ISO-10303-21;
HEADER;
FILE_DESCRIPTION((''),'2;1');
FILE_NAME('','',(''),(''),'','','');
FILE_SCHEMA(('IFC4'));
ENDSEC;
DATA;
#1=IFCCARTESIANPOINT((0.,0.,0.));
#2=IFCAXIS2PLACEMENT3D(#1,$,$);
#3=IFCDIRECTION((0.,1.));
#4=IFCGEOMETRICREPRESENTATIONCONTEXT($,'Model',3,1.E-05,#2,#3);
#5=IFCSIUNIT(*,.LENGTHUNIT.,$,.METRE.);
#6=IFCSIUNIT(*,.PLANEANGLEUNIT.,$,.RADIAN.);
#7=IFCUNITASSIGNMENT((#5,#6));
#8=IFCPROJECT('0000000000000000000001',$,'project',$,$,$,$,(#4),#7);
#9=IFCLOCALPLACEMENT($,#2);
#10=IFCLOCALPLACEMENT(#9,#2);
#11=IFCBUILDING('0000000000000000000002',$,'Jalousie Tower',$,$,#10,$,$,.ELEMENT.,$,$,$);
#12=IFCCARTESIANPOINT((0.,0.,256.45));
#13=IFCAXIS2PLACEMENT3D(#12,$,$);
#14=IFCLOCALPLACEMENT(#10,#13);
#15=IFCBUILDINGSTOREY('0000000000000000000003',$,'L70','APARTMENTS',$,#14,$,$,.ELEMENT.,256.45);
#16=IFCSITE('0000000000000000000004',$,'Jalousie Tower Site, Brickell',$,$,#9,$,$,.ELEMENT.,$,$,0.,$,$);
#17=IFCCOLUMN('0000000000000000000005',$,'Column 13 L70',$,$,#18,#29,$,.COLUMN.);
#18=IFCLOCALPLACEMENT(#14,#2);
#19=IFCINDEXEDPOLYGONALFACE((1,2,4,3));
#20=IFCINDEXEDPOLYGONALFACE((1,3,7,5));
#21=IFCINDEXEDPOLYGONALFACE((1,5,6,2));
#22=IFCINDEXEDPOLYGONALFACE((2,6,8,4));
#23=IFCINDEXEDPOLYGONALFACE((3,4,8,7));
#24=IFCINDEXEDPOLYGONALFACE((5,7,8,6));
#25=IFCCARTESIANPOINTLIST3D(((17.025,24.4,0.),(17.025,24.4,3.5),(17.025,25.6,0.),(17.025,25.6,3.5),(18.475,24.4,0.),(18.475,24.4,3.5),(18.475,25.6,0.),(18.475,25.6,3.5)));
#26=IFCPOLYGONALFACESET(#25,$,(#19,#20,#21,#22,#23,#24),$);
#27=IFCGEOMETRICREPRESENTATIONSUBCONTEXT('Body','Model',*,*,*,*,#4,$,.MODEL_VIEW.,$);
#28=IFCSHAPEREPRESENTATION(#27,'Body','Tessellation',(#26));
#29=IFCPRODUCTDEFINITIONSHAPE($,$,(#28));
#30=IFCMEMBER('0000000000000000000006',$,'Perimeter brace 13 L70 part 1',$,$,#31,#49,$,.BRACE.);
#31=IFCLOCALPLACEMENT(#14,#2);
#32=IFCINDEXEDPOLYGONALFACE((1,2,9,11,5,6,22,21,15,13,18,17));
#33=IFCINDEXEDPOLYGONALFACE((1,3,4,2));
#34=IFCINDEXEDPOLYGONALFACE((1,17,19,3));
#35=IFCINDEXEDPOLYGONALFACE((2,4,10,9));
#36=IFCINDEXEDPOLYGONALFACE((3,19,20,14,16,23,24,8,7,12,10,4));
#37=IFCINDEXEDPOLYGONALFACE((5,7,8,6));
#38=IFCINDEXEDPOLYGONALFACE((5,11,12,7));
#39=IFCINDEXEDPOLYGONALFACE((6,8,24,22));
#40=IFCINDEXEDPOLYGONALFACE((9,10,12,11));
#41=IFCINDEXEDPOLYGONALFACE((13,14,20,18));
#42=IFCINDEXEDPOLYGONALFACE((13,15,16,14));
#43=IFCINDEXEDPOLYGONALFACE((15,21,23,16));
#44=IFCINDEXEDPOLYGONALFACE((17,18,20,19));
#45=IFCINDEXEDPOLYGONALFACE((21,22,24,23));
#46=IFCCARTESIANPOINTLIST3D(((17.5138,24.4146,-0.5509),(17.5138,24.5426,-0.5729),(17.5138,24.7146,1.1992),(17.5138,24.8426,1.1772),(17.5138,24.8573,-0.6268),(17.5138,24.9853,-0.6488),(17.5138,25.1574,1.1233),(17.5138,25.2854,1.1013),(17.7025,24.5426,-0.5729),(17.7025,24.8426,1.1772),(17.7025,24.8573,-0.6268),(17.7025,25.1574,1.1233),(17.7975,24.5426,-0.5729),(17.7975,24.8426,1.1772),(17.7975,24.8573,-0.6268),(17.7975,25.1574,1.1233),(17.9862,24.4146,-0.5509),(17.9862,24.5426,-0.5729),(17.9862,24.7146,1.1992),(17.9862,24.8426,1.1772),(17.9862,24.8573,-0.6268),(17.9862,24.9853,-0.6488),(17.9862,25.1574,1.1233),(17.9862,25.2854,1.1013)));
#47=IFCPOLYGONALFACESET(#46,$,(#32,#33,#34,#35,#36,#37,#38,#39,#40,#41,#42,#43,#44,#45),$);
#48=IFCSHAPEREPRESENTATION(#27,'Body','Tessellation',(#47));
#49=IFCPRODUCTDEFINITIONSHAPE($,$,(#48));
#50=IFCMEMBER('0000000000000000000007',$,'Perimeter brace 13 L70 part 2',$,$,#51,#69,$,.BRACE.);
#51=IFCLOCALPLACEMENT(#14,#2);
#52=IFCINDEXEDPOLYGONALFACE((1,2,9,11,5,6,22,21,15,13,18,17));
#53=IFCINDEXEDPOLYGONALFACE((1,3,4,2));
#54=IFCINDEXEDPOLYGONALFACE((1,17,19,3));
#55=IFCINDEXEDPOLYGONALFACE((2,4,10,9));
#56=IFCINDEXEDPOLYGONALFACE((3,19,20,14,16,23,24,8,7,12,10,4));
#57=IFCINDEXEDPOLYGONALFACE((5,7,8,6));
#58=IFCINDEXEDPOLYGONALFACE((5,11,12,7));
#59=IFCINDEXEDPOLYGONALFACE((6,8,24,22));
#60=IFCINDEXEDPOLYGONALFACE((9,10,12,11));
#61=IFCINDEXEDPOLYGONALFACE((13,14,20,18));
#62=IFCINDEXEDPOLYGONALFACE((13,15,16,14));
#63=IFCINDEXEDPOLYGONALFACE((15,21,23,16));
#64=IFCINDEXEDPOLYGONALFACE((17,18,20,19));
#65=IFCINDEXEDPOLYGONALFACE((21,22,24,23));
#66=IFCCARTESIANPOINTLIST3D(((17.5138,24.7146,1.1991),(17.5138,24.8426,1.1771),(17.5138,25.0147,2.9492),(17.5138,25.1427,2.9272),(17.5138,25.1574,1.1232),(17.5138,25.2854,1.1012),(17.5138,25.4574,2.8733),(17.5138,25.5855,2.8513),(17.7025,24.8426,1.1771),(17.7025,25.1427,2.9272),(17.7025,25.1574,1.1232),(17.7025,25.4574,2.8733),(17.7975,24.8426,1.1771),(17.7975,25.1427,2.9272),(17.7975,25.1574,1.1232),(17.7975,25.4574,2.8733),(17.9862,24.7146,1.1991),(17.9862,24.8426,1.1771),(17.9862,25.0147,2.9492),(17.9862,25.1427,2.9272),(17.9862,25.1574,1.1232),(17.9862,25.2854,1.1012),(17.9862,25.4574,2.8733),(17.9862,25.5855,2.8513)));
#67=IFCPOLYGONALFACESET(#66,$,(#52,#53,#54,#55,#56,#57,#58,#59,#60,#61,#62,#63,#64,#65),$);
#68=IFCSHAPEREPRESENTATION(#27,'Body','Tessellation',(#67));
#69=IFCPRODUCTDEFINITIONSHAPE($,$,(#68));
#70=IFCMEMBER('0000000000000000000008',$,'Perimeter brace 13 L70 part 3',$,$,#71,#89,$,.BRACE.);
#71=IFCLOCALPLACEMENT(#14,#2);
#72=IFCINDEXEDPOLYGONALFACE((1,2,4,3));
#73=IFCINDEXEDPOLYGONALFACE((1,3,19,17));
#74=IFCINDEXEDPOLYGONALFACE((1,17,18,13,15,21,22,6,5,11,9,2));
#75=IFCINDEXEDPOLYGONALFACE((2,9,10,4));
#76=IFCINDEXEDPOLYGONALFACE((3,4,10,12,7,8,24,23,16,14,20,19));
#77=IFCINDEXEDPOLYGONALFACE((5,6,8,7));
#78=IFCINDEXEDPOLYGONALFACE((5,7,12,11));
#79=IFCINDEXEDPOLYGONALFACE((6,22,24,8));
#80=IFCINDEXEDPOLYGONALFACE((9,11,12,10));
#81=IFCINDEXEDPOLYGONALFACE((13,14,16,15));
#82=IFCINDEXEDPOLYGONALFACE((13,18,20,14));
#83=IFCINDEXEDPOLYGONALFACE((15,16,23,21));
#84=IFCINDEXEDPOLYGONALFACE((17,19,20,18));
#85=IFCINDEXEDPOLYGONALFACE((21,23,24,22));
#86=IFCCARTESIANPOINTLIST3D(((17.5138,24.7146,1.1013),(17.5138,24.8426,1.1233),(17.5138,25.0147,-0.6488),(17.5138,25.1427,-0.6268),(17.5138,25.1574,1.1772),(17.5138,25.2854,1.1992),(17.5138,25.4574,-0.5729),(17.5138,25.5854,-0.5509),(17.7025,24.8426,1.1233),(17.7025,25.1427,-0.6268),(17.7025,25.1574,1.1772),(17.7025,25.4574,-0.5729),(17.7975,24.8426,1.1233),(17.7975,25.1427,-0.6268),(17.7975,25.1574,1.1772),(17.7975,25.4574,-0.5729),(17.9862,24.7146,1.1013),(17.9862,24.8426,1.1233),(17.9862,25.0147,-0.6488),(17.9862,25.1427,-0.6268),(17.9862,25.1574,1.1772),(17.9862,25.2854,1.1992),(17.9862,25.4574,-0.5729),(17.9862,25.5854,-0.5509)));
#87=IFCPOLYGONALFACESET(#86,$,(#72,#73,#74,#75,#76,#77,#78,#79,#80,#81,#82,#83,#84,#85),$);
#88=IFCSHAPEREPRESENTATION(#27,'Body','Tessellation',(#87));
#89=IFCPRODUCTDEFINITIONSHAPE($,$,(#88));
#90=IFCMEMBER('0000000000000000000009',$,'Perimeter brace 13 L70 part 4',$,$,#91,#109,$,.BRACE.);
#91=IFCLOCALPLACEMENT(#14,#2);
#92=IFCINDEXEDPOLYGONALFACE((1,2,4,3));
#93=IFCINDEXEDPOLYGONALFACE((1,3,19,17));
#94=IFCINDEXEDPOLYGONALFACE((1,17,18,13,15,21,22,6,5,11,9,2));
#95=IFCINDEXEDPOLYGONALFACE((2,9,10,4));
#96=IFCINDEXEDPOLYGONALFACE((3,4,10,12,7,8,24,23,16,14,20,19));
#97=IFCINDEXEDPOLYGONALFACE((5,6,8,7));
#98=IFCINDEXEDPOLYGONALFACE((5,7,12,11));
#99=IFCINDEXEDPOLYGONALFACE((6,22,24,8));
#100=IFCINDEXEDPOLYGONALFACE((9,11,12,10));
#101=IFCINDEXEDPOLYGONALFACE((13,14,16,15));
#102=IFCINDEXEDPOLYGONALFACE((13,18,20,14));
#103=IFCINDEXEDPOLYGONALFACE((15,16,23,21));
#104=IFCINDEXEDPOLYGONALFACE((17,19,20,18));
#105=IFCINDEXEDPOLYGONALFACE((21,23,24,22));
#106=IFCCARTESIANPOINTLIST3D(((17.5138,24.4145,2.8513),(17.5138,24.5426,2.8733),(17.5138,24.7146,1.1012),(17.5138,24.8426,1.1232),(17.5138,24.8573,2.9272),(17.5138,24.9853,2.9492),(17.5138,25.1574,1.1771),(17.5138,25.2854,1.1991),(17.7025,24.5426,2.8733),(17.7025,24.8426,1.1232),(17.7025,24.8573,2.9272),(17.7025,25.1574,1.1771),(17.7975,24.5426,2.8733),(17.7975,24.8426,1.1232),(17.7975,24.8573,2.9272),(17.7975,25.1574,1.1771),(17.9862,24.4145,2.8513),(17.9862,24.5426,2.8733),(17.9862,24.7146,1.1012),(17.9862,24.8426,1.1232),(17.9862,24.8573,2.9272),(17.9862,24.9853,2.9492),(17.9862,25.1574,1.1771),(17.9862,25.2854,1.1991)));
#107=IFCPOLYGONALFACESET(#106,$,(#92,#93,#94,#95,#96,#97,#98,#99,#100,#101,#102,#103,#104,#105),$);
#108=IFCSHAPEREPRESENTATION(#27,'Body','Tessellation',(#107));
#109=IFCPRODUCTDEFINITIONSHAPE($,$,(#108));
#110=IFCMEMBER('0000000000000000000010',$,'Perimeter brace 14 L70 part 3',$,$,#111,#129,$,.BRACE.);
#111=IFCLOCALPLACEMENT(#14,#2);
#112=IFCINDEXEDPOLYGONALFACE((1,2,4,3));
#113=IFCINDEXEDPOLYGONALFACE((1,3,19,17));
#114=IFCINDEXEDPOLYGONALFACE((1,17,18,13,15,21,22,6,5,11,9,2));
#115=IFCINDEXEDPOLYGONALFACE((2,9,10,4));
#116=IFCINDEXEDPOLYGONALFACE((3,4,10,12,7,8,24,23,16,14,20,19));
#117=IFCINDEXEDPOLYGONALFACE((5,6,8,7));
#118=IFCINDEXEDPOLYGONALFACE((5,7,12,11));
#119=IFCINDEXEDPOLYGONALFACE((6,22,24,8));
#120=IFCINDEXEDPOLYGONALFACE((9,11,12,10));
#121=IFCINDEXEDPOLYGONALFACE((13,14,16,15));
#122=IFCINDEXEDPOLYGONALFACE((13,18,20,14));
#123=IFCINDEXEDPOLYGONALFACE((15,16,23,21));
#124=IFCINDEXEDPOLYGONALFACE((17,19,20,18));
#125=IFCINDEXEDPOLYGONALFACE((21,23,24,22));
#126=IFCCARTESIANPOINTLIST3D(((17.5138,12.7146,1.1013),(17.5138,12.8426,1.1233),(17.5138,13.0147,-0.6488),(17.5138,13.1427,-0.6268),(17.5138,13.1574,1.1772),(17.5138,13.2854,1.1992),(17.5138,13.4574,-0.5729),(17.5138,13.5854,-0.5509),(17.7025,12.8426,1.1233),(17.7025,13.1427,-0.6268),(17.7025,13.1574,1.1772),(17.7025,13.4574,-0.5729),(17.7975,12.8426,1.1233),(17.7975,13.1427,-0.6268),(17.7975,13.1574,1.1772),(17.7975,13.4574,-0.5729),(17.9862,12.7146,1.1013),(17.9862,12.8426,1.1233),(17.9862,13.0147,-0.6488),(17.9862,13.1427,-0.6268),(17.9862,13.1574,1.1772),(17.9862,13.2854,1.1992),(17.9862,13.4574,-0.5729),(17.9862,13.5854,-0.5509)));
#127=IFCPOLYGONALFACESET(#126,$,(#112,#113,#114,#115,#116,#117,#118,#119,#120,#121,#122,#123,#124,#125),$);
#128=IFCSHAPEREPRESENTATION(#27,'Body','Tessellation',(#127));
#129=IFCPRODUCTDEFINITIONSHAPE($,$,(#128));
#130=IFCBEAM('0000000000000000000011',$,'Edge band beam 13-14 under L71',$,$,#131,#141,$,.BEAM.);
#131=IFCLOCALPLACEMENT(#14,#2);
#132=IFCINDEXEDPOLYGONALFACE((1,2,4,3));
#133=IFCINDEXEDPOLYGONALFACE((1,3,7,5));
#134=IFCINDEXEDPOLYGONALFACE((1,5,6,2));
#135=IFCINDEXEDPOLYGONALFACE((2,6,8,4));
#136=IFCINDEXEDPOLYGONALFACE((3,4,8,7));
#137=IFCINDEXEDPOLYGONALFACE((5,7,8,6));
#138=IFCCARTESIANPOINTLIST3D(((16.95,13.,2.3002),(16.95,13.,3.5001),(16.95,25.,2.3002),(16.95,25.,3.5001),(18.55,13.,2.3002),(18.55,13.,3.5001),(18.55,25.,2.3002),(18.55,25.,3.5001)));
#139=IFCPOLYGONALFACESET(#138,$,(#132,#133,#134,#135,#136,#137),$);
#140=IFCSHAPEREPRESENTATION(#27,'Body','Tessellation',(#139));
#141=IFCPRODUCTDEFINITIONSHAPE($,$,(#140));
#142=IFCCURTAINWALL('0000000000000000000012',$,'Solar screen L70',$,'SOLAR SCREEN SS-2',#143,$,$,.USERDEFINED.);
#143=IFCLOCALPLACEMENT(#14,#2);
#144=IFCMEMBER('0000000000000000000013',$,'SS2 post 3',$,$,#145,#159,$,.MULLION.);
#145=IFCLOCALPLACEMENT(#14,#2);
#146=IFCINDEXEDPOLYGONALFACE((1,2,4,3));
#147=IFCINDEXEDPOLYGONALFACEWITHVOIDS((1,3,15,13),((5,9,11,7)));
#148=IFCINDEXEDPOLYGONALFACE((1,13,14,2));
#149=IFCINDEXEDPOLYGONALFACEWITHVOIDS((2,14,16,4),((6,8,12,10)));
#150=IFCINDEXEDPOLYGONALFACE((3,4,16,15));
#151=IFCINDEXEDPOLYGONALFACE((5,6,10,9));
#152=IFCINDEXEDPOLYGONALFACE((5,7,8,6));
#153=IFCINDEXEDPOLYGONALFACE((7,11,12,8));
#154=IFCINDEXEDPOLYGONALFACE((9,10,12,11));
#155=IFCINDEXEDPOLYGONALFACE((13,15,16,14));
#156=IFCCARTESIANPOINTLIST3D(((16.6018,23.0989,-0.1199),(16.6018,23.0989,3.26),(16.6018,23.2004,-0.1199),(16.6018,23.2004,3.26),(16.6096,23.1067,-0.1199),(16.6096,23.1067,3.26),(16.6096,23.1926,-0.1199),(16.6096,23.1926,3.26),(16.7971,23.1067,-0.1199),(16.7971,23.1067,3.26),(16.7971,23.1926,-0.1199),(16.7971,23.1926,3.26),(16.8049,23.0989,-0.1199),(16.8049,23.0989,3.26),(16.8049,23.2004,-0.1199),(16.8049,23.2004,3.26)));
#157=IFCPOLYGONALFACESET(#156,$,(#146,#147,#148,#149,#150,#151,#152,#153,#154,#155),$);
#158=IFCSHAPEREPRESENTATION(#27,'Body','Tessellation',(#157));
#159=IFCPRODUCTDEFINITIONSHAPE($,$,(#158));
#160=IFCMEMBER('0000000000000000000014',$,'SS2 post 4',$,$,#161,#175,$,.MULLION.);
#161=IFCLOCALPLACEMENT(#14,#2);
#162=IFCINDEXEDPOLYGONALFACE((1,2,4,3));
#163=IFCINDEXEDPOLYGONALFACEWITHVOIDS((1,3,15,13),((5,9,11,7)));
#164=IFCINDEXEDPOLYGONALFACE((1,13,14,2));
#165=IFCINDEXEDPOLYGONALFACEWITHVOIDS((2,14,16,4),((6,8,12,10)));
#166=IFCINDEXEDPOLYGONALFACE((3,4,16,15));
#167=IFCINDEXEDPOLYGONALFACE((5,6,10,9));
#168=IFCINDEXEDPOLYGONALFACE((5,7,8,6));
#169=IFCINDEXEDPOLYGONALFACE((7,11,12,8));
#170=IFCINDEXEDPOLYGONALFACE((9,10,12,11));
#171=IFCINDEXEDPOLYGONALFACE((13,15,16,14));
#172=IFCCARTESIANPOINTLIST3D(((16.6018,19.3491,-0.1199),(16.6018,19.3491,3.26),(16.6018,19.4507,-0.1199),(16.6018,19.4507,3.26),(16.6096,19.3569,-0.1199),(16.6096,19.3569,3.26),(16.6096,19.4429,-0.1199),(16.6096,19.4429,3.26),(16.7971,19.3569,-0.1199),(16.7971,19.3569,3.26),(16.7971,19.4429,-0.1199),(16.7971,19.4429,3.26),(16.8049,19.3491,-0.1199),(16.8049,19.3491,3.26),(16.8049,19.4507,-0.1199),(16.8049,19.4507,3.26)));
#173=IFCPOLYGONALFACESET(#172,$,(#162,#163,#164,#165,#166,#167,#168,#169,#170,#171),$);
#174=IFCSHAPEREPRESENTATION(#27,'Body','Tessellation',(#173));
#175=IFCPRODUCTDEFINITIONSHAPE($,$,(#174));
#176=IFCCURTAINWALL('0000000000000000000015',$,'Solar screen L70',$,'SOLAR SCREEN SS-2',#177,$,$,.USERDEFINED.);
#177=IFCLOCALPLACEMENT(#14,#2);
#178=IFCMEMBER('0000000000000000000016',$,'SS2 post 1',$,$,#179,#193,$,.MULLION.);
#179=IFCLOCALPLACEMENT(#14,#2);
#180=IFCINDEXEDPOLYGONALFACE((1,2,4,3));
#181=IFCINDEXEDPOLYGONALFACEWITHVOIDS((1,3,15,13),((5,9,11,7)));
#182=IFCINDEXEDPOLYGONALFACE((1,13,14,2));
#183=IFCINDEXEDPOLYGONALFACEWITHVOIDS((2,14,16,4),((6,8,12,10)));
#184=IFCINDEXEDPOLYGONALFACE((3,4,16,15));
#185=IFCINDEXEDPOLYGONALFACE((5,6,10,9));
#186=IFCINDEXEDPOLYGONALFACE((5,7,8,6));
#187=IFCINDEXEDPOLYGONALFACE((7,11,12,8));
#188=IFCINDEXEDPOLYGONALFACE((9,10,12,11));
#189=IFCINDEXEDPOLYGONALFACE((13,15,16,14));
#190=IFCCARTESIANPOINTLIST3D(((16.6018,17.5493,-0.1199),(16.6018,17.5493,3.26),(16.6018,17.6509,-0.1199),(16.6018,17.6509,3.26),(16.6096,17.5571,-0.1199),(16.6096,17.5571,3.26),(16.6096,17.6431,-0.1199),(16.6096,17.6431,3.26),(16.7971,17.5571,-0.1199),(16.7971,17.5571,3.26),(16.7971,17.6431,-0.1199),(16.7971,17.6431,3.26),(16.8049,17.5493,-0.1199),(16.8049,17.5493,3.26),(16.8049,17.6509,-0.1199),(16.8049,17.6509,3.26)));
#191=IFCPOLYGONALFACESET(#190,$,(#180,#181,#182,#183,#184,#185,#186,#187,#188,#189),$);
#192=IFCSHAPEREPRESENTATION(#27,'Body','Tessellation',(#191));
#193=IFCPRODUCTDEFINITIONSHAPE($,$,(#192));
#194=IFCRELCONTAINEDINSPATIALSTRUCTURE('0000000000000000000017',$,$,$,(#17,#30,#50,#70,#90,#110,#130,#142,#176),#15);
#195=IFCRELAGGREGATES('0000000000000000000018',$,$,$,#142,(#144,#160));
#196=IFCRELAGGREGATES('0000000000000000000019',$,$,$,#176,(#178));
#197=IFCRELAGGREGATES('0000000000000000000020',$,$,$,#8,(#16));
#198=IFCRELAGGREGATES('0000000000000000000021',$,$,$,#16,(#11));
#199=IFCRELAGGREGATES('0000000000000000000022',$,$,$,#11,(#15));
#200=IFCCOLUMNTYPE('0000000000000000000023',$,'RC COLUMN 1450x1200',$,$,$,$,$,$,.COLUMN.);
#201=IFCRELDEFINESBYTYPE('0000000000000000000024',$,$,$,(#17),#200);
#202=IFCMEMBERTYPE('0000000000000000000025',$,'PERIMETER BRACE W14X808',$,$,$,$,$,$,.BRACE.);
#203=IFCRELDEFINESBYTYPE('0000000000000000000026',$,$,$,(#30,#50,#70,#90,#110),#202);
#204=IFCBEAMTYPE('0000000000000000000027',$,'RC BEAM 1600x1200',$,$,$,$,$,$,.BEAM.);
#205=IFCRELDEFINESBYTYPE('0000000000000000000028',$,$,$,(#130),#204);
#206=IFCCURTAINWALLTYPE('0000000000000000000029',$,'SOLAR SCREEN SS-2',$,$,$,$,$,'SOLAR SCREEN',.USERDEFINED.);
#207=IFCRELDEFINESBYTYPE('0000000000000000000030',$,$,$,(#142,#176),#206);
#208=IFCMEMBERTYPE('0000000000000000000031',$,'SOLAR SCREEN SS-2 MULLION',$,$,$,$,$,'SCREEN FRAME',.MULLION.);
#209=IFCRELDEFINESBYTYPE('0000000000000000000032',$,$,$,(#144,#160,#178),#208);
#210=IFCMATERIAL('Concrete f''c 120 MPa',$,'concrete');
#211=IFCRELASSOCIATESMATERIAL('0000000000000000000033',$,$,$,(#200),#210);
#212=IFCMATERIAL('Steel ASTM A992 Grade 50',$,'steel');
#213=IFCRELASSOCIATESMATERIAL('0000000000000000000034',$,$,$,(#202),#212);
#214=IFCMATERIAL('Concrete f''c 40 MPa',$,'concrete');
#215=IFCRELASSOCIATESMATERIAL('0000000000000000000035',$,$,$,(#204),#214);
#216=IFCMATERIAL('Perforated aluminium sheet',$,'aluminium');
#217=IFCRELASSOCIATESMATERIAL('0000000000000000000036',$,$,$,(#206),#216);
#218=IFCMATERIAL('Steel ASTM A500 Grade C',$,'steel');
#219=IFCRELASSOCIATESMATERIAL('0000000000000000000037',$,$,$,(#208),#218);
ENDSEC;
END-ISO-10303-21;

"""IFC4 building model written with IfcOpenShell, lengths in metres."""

from ifc_helpers import new_model, si_unit, direction, frame, origin, origin_2d, place, context, subcontext, project, spatial, rectangle, hollow_rectangle, i_section, extrude, material, material_profile, profile_set, type_object, element, aggregate, save


model = new_model("IFC4")

# Units and contexts
model_context = context("Model", 3, precision=1e-05, world=origin(), true_north=direction((0.0, 1.0)))
body_context = subcontext(model_context, "Body", "Model", "MODEL_VIEW")
ifc_project = project(units=[si_unit("LENGTHUNIT", "METRE"), si_unit("PLANEANGLEUNIT", "RADIAN")], contexts=[model_context])

# Site, building, storey
site_placement = place(None, origin())
site = spatial("IfcSite", under=ifc_project, at=site_placement, Name="Jalousie Tower Site, Brickell", CompositionType="ELEMENT", RefElevation=0.0)
building_placement = place(site_placement, origin())
building = spatial("IfcBuilding", under=site, at=building_placement, Name="Jalousie Tower", CompositionType="ELEMENT")
storey_placement = place(building_placement, frame((0.0, 0.0, 256.45)))
storey = spatial("IfcBuildingStorey", under=building, at=storey_placement, Name="L70", Description="APARTMENTS", CompositionType="ELEMENT", Elevation=256.45)

# Column
ifc_material_1 = material(Name="Concrete f'c 120 MPa", Category="concrete")
ifc_material_profile_1 = material_profile(ifc_material_1, rectangle(XDim=1.45, YDim=1.2, at=origin_2d()), Name="RC 1450x1200")
ifc_profile_set_1 = profile_set([ifc_material_profile_1], Name="Concrete f'c 120 MPa")
column_type = type_object("IfcColumnType", Name="RC COLUMN 1450x1200", PredefinedType="COLUMN", material=ifc_profile_set_1)
column_placement = place(storey_placement, frame((17.75, 25.0, 0.0), z_axis=(0.0, 0.0, 1.0), x_axis=(1.0, 0.0, 0.0)))
element("IfcColumn", 1, at=column_placement, inside=storey, type_object=column_type, Name="Column 13 L70", PredefinedType="COLUMN", context=body_context, shape_type="SweptSolid", body=[
    extrude(rectangle(XDim=1.45, YDim=1.2, at=origin_2d()), origin(), (0.0, 0.0, 1.0), 3.5),
])

# Members
ifc_material_2 = material(Name="Steel ASTM A992 Grade 50", Category="steel")
ifc_material_profile_2 = material_profile(ifc_material_2, i_section(OverallWidth=0.4724, OverallDepth=0.5791, WebThickness=0.095, FlangeThickness=0.1299, at=origin_2d()), Name="W14X808")
ifc_profile_set_2 = profile_set([ifc_material_profile_2], Name="Steel ASTM A992 Grade 50")
member_type_1 = type_object("IfcMemberType", Name="PERIMETER BRACE W14X808", PredefinedType="BRACE", material=ifc_profile_set_2)
for number, where, z_axis, x_axis, name in (
    (2, (17.75, 24.7, -0.5999), (0.0, 0.168991, 0.985618), (-1.0, 0.0, 0.0), "Perimeter brace 13 L70 part 1"),
    (3, (17.75, 25.0, 1.1501), (0.0, 0.168991, 0.985618), (-1.0, 0.0, 0.0), "Perimeter brace 13 L70 part 2"),
    (4, (17.75, 25.3, -0.5999), (0.0, -0.168991, 0.985618), (1.0, 0.0, 0.0), "Perimeter brace 13 L70 part 3"),
    (5, (17.75, 25.0, 1.1501), (0.0, -0.168991, 0.985618), (1.0, 0.0, 0.0), "Perimeter brace 13 L70 part 4"),
    (6, (17.75, 13.3, -0.5999), (0.0, -0.168991, 0.985618), (1.0, 0.0, 0.0), "Perimeter brace 14 L70 part 3"),
):
    element("IfcMember", number, at=place(storey_placement, frame(where, z_axis=z_axis, x_axis=x_axis)), inside=storey, type_object=member_type_1, Name=name, PredefinedType="BRACE", context=body_context, shape_type="SweptSolid", body=[
        extrude(i_section(OverallWidth=0.4724, OverallDepth=0.5791, WebThickness=0.095, FlangeThickness=0.1299, at=origin_2d()), origin(), (0.0, 0.0, 1.0), 1.7756),
    ])

# Beam
ifc_material_3 = material(Name="Concrete f'c 40 MPa", Category="concrete")
ifc_material_profile_3 = material_profile(ifc_material_3, rectangle(XDim=1.6001, YDim=1.2, at=origin_2d()), Name="RC 1600x1200")
ifc_profile_set_3 = profile_set([ifc_material_profile_3], Name="Concrete f'c 40 MPa")
beam_type = type_object("IfcBeamType", Name="RC BEAM 1600x1200", PredefinedType="BEAM", material=ifc_profile_set_3)
beam_placement = place(storey_placement, frame((17.75, 25.0, 2.9001), z_axis=(0.0, -1.0, 0.0), x_axis=(1.0, 0.0, 0.0)))
element("IfcBeam", 7, at=beam_placement, inside=storey, type_object=beam_type, Name="Edge band beam 13-14 under L71", PredefinedType="BEAM", context=body_context, shape_type="SweptSolid", body=[
    extrude(rectangle(XDim=1.6001, YDim=1.2, at=origin_2d()), origin(), (0.0, 0.0, 1.0), 12.0),
])

# Curtain walls, members
ifc_material_4 = material(Name="Perforated aluminium sheet", Category="aluminium")
curtain_wall_type = type_object("IfcCurtainWallType", Name="SOLAR SCREEN SS-2", ElementType="SOLAR SCREEN", PredefinedType="USERDEFINED", material=ifc_material_4)
curtain_wall_1_placement = place(storey_placement, origin())
curtain_wall_1 = element("IfcCurtainWall", 8, at=curtain_wall_1_placement, inside=storey, type_object=curtain_wall_type, Name="Solar screen L70", ObjectType="SOLAR SCREEN SS-2", PredefinedType="USERDEFINED")
ifc_material_5 = material(Name="Steel ASTM A500 Grade C", Category="steel")
ifc_material_profile_4 = material_profile(ifc_material_5, hollow_rectangle(XDim=0.1016, YDim=0.2031, WallThickness=0.0078, at=origin_2d()), Name="HSS8X4X5/16")
ifc_profile_set_4 = profile_set([ifc_material_profile_4], Name="Steel ASTM A500 Grade C")
member_type_2 = type_object("IfcMemberType", Name="SOLAR SCREEN SS-2 MULLION", ElementType="SCREEN FRAME", PredefinedType="MULLION", material=ifc_profile_set_4)
member_1_placement = place(storey_placement, frame((16.7034, 23.1497, -0.1199), z_axis=(0.0, 0.0, 1.0), x_axis=(0.0, -1.0, 0.0)))
member_1 = element("IfcMember", 9, at=member_1_placement, type_object=member_type_2, Name="SS2 post 3", PredefinedType="MULLION", context=body_context, shape_type="SweptSolid", body=[
    extrude(hollow_rectangle(XDim=0.1016, YDim=0.2031, WallThickness=0.0078, at=origin_2d()), origin(), (0.0, 0.0, 1.0), 3.3799),
])
member_2_placement = place(storey_placement, frame((16.7034, 19.3999, -0.1199), z_axis=(0.0, 0.0, 1.0), x_axis=(0.0, -1.0, 0.0)))
member_2 = element("IfcMember", 10, at=member_2_placement, type_object=member_type_2, Name="SS2 post 4", PredefinedType="MULLION", context=body_context, shape_type="SweptSolid", body=[
    extrude(hollow_rectangle(XDim=0.1016, YDim=0.2031, WallThickness=0.0078, at=origin_2d()), origin(), (0.0, 0.0, 1.0), 3.3799),
])
curtain_wall_2_placement = place(storey_placement, origin())
curtain_wall_2 = element("IfcCurtainWall", 11, at=curtain_wall_2_placement, inside=storey, type_object=curtain_wall_type, Name="Solar screen L70", ObjectType="SOLAR SCREEN SS-2", PredefinedType="USERDEFINED")
member_3_placement = place(storey_placement, frame((16.7034, 17.6001, -0.1199), z_axis=(0.0, 0.0, 1.0), x_axis=(0.0, -1.0, 0.0)))
member_3 = element("IfcMember", 12, at=member_3_placement, type_object=member_type_2, Name="SS2 post 1", PredefinedType="MULLION", context=body_context, shape_type="SweptSolid", body=[
    extrude(hollow_rectangle(XDim=0.1016, YDim=0.2031, WallThickness=0.0078, at=origin_2d()), origin(), (0.0, 0.0, 1.0), 3.3799),
])

aggregate(curtain_wall_1, [member_1, member_2])
aggregate(curtain_wall_2, [member_3])

save(model, "model.ifc")
